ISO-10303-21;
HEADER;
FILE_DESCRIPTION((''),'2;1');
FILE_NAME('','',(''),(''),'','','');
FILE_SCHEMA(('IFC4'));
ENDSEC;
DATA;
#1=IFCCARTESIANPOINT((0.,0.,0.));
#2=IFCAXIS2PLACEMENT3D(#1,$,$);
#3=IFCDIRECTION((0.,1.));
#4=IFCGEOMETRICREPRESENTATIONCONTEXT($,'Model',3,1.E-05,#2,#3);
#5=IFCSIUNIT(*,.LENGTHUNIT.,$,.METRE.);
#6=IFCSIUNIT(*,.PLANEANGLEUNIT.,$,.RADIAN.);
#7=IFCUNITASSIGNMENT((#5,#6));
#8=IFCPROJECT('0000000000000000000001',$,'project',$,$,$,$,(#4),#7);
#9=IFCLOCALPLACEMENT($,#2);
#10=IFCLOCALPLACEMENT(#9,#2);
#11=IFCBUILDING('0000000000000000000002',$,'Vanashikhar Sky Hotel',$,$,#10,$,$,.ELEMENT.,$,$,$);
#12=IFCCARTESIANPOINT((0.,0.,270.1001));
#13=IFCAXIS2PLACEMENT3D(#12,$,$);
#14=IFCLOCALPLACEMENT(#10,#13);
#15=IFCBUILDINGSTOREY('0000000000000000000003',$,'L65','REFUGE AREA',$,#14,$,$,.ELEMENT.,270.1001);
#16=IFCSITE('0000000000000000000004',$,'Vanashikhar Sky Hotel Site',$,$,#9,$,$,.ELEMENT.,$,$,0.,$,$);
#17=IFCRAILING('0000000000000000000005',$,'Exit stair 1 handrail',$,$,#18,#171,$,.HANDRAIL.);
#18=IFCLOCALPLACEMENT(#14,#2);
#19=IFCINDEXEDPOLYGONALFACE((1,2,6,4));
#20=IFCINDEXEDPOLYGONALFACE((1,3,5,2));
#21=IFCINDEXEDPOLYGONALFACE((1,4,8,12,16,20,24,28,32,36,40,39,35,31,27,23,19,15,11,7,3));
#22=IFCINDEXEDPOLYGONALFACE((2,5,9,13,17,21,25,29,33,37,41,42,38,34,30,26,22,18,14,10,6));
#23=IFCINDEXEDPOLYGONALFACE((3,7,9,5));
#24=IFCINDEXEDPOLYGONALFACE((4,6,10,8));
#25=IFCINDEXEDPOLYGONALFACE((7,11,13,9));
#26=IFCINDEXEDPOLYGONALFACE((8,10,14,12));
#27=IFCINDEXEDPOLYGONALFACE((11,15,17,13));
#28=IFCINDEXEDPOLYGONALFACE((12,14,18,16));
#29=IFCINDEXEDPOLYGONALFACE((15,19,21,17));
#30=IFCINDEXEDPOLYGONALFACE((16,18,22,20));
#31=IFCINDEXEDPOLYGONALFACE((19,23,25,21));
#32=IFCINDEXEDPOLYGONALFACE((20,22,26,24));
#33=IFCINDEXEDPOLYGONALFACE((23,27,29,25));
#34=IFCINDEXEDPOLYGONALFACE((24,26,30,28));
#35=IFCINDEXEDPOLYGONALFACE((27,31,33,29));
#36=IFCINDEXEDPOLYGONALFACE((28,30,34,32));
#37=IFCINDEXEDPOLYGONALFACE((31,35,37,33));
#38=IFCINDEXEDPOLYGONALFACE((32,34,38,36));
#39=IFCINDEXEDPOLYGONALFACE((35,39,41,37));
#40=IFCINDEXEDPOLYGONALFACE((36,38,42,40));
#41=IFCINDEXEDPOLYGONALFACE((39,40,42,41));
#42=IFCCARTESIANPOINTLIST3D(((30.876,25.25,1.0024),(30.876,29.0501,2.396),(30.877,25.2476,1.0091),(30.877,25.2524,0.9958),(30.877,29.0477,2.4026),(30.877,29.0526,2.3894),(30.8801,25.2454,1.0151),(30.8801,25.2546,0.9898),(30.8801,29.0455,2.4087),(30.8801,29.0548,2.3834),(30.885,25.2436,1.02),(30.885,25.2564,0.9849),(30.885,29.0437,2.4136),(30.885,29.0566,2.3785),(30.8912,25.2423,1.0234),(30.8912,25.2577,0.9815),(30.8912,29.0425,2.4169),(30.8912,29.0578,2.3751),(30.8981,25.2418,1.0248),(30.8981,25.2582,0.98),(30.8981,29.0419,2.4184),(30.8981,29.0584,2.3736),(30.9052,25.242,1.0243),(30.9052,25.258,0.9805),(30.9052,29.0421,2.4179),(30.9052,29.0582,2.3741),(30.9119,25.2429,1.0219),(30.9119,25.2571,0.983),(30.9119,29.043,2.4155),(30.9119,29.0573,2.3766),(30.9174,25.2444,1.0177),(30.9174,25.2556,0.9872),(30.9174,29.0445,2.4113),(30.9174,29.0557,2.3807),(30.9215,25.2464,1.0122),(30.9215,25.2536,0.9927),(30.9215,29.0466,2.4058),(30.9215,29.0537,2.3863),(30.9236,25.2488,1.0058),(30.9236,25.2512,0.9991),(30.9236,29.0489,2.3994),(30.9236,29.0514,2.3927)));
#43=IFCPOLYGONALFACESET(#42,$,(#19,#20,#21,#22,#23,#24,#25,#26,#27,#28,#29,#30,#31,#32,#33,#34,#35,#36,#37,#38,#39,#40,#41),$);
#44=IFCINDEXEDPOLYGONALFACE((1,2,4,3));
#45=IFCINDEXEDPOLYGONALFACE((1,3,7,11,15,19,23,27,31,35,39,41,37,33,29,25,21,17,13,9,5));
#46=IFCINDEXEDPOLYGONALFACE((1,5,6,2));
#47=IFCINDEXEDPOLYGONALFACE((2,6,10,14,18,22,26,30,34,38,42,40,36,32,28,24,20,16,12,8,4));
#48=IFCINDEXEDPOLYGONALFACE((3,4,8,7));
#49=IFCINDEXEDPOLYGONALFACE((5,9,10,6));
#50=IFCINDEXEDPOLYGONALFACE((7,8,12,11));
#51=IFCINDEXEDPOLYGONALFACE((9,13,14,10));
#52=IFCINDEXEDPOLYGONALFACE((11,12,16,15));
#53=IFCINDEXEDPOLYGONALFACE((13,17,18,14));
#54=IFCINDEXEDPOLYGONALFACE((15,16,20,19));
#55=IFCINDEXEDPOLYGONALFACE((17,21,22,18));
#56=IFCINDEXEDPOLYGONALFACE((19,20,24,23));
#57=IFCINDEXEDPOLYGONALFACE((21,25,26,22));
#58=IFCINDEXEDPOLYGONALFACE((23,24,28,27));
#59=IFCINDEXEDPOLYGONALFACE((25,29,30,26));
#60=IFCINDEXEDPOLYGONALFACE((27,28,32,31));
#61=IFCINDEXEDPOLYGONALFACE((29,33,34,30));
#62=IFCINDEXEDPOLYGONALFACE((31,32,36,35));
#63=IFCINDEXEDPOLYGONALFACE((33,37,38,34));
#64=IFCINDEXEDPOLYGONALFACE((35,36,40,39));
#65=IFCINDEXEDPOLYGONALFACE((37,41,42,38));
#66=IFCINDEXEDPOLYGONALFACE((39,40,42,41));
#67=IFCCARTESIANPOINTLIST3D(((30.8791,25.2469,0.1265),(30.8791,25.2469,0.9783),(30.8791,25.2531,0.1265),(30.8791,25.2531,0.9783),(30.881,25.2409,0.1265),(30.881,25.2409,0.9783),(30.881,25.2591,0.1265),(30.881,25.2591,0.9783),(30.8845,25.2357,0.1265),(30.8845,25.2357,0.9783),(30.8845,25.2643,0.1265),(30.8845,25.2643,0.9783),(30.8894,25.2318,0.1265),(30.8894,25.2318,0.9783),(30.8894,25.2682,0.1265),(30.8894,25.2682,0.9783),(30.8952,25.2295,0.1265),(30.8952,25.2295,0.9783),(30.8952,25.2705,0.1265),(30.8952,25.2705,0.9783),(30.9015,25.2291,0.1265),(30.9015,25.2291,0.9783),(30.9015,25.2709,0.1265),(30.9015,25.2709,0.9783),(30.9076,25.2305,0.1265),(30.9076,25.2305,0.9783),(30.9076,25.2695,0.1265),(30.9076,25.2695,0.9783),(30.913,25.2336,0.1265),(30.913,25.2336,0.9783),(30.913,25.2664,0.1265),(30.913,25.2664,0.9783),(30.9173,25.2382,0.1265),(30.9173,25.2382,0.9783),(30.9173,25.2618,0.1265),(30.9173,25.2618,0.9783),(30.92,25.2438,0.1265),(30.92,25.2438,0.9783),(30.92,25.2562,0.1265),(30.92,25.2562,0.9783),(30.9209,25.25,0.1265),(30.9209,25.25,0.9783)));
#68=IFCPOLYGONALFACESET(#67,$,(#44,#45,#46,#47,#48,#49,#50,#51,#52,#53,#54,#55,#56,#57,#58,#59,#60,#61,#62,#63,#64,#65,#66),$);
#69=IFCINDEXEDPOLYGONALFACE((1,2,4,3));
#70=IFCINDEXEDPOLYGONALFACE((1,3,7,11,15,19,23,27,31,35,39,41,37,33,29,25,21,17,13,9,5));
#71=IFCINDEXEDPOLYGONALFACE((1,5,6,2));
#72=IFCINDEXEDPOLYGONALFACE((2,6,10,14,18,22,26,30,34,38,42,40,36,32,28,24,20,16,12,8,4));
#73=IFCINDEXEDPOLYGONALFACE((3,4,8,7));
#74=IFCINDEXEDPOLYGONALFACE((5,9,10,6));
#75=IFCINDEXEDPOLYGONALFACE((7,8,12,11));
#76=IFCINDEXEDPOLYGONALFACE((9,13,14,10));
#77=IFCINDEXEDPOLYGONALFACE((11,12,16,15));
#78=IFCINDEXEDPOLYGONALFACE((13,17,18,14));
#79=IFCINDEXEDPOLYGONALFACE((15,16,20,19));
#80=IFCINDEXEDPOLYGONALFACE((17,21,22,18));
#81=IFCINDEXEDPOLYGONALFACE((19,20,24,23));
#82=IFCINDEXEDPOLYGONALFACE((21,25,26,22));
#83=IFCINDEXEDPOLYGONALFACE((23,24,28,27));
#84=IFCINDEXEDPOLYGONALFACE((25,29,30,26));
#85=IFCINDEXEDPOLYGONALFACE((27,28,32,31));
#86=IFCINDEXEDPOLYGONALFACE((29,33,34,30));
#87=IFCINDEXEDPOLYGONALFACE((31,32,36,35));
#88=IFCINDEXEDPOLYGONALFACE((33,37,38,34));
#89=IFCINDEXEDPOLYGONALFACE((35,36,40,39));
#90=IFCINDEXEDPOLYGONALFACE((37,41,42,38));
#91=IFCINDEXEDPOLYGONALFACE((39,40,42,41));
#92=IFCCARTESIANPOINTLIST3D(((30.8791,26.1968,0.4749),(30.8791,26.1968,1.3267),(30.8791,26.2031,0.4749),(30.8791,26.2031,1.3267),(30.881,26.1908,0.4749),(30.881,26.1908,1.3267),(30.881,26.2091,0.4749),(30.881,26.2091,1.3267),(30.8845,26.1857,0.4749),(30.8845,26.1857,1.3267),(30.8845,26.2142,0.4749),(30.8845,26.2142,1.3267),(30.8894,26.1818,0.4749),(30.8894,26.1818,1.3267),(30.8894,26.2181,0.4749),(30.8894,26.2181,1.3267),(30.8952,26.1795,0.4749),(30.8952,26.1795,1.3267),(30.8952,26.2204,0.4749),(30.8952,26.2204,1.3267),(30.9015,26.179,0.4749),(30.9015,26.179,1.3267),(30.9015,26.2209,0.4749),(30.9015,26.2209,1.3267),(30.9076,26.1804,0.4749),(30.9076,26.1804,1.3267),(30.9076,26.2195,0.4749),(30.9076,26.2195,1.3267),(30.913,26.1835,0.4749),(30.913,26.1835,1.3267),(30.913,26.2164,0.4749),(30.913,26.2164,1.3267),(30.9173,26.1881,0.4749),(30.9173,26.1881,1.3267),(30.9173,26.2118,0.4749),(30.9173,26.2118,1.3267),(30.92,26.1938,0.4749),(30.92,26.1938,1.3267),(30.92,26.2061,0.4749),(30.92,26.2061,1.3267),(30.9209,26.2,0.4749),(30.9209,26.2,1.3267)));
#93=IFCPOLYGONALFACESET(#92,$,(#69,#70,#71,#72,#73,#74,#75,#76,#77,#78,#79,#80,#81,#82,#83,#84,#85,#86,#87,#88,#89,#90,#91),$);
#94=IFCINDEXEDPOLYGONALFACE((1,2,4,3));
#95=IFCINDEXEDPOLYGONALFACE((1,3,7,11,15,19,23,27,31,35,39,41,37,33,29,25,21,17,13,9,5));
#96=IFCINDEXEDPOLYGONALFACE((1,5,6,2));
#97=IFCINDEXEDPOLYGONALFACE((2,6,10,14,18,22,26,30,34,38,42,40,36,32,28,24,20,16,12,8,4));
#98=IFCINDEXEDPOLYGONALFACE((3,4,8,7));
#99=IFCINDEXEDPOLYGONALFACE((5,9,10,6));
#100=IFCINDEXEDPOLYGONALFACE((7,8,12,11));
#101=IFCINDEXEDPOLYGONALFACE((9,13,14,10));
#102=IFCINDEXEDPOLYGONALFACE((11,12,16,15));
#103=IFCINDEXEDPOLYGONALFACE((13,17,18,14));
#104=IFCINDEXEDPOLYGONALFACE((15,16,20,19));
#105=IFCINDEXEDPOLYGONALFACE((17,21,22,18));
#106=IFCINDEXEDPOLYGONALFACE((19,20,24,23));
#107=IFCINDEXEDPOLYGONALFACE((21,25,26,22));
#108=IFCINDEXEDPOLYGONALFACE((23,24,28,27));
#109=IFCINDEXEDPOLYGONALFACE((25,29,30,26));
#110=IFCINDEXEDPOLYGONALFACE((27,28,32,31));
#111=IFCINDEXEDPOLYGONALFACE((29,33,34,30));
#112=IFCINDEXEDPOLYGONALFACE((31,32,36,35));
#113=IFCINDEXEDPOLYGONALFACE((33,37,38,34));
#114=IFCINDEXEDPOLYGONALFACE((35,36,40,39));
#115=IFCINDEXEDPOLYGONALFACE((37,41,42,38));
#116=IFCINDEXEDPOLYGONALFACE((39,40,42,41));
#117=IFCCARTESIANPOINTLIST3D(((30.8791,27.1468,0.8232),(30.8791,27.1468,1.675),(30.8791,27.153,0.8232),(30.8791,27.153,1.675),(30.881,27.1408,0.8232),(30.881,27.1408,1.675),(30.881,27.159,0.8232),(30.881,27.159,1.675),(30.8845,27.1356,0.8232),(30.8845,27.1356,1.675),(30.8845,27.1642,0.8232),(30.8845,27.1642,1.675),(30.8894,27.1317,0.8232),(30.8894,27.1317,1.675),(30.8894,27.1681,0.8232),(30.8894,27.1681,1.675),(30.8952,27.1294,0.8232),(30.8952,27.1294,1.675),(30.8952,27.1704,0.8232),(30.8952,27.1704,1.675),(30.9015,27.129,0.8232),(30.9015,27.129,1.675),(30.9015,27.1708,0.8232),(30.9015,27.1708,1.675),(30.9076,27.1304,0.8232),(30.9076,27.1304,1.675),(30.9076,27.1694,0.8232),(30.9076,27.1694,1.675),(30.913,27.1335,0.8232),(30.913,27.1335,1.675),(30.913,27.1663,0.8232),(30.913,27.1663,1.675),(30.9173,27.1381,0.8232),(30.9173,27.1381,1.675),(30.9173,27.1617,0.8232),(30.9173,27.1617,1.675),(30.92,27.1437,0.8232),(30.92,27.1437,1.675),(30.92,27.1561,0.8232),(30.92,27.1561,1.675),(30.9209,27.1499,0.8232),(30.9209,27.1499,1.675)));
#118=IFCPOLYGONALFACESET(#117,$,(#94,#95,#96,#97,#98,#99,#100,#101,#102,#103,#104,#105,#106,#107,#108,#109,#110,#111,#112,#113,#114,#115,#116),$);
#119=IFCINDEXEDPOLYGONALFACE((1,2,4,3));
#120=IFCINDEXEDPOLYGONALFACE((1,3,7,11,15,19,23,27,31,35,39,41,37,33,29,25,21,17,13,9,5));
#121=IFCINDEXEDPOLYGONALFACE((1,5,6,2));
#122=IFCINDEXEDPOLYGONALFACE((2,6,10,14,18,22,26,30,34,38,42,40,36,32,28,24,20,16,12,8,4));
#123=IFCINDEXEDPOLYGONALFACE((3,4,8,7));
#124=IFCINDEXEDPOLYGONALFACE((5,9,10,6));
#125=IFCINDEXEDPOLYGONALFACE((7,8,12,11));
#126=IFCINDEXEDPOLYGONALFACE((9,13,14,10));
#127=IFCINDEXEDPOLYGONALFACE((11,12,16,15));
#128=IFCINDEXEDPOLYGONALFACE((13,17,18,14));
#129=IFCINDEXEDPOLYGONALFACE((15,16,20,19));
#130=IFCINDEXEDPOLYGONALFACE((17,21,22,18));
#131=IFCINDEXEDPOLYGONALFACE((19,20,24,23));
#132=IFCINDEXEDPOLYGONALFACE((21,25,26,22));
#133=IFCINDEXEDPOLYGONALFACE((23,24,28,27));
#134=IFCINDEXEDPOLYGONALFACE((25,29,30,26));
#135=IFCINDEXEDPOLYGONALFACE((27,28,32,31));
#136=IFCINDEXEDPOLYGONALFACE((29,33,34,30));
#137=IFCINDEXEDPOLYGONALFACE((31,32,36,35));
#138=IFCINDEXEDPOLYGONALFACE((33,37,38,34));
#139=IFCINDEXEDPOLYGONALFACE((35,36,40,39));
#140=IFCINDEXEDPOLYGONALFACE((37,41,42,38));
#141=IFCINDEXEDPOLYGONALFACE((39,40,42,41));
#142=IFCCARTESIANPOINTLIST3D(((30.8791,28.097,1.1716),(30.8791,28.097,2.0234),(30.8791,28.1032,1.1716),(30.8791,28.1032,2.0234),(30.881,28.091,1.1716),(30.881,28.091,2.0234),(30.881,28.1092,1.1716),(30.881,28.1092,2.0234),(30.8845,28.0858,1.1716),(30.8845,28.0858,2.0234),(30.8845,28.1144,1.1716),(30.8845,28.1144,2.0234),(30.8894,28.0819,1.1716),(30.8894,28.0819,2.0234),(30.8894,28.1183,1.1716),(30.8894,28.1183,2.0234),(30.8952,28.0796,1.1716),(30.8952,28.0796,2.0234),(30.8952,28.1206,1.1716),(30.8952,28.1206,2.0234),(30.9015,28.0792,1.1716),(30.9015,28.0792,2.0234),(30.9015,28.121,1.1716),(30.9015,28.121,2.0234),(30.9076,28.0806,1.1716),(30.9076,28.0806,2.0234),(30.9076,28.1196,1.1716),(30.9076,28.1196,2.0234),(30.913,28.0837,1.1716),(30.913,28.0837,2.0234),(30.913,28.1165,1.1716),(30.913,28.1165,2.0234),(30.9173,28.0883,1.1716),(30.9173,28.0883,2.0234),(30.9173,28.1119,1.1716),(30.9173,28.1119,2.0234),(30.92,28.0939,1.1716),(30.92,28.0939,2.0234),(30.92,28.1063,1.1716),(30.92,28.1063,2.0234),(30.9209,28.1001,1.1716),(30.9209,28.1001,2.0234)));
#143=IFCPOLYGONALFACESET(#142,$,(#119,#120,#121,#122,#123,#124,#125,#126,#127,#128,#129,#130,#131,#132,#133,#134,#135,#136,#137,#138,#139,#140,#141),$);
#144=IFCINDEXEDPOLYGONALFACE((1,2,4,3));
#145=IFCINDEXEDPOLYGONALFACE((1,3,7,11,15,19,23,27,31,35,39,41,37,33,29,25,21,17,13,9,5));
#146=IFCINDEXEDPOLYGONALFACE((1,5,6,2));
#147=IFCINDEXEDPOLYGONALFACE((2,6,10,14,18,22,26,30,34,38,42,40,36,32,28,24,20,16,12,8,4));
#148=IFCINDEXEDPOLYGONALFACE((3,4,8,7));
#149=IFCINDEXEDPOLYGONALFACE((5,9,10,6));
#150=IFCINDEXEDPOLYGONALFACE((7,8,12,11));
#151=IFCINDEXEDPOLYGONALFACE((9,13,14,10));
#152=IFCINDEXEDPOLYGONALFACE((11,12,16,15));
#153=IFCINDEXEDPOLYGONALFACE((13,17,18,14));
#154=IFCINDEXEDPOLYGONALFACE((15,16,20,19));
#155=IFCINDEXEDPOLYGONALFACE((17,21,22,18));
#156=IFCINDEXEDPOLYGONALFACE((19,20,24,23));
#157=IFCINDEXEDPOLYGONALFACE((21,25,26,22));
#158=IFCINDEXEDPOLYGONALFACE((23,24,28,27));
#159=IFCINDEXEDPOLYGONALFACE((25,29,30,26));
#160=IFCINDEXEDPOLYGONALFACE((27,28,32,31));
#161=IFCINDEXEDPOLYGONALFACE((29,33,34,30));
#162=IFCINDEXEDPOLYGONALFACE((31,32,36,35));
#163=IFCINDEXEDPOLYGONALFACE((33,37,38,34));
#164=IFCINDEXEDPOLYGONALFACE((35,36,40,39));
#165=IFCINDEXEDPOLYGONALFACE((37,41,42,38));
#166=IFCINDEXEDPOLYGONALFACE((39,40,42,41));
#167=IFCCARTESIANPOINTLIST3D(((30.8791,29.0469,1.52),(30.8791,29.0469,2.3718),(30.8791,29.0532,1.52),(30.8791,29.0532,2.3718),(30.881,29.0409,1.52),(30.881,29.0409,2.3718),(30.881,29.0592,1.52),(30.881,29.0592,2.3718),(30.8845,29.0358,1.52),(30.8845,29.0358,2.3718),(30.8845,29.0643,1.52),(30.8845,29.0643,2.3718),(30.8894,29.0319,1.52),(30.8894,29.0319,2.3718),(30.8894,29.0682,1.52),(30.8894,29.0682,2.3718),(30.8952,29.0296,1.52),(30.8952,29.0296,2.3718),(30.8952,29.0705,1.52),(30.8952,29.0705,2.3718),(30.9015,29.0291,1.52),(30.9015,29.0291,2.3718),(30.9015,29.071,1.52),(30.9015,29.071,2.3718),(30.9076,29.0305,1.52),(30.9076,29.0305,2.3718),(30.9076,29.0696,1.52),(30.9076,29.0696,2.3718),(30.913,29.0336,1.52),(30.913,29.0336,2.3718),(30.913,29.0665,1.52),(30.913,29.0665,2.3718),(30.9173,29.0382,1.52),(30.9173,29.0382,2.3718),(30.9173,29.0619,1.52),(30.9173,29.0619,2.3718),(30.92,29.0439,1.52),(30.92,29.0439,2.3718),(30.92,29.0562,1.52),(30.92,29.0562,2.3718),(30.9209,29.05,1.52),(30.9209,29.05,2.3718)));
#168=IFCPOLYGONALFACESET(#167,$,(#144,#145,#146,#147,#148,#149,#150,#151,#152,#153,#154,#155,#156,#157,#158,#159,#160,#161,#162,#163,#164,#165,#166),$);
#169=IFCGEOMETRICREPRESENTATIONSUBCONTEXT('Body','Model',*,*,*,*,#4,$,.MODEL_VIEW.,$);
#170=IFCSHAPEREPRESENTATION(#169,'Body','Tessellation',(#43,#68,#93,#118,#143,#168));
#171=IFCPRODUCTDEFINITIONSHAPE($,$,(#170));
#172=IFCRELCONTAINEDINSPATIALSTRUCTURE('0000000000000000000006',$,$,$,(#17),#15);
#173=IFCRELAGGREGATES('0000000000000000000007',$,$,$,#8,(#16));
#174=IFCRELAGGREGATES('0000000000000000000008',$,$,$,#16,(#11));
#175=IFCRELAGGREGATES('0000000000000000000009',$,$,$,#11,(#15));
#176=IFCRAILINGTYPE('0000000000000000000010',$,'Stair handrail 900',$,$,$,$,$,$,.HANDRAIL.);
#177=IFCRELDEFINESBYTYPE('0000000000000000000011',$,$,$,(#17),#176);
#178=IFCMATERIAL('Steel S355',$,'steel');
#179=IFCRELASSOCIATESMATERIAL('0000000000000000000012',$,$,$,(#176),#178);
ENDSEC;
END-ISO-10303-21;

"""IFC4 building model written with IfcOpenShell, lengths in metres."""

from ifc_helpers import new_model, si_unit, direction, frame, origin, origin_2d, place, context, subcontext, project, spatial, circle, extrude, source, transform, mapped, material, type_object, element, save


model = new_model("IFC4")

# Units and contexts
model_context = context("Model", 3, precision=1e-05, world=origin(), true_north=direction((0.0, 1.0)))
body_context = subcontext(model_context, "Body", "Model", "MODEL_VIEW")
ifc_project = project(units=[si_unit("LENGTHUNIT", "METRE"), si_unit("PLANEANGLEUNIT", "RADIAN")], contexts=[model_context])

# Site, building, storey
site_placement = place(None, origin())
site = spatial("IfcSite", under=ifc_project, at=site_placement, Name="Vanashikhar Sky Hotel Site", CompositionType="ELEMENT", RefElevation=0.0)
building_placement = place(site_placement, origin())
building = spatial("IfcBuilding", under=site, at=building_placement, Name="Vanashikhar Sky Hotel", CompositionType="ELEMENT")
storey_placement = place(building_placement, frame((0.0, 0.0, 270.1001)))
storey = spatial("IfcBuildingStorey", under=building, at=storey_placement, Name="L65", Description="REFUGE AREA", CompositionType="ELEMENT", Elevation=270.1001)

# Railing
ifc_material_1 = material(Name="Steel S355", Category="steel")
railing_type_1 = type_object("IfcRailingType", Name="Stair handrail 900", PredefinedType="HANDRAIL", material=ifc_material_1)
shared_shape_1 = source(origin(), body_context, "Body", "SweptSolid", [
    extrude(circle(Radius=0.0239, at=origin_2d()), frame((0.0, 0.0, 0.876), z_axis=(0.0, 0.93886, 0.344299), x_axis=(-1.0, 0.0, 0.0)), (0.0, 0.0, 1.0), 4.0476),
    extrude(circle(Radius=0.021, at=origin_2d()), origin(), (0.0, 0.0, 1.0), 0.8518),
    extrude(circle(Radius=0.021, at=origin_2d()), frame((0.0, 0.95, 0.3484)), (0.0, 0.0, 1.0), 0.8518),
    extrude(circle(Radius=0.021, at=origin_2d()), frame((0.0, 1.8999, 0.6968)), (0.0, 0.0, 1.0), 0.8518),
    extrude(circle(Radius=0.021, at=origin_2d()), frame((0.0, 2.8501, 1.0452)), (0.0, 0.0, 1.0), 0.8518),
    extrude(circle(Radius=0.021, at=origin_2d()), frame((0.0, 3.8, 1.3936)), (0.0, 0.0, 1.0), 0.8518),
])
railing_1_placement = place(storey_placement, frame((30.8999, 25.25, 0.1265)))
element("IfcRailing", 1, at=railing_1_placement, inside=storey, type_object=railing_type_1, Name="Exit stair 1 handrail", PredefinedType="HANDRAIL", context=body_context, shape_type="MappedRepresentation", body=[
    mapped(shared_shape_1, transform((0.0, 0.0, 0.0), scale=1.0)),
])

save(model, "model.ifc")
